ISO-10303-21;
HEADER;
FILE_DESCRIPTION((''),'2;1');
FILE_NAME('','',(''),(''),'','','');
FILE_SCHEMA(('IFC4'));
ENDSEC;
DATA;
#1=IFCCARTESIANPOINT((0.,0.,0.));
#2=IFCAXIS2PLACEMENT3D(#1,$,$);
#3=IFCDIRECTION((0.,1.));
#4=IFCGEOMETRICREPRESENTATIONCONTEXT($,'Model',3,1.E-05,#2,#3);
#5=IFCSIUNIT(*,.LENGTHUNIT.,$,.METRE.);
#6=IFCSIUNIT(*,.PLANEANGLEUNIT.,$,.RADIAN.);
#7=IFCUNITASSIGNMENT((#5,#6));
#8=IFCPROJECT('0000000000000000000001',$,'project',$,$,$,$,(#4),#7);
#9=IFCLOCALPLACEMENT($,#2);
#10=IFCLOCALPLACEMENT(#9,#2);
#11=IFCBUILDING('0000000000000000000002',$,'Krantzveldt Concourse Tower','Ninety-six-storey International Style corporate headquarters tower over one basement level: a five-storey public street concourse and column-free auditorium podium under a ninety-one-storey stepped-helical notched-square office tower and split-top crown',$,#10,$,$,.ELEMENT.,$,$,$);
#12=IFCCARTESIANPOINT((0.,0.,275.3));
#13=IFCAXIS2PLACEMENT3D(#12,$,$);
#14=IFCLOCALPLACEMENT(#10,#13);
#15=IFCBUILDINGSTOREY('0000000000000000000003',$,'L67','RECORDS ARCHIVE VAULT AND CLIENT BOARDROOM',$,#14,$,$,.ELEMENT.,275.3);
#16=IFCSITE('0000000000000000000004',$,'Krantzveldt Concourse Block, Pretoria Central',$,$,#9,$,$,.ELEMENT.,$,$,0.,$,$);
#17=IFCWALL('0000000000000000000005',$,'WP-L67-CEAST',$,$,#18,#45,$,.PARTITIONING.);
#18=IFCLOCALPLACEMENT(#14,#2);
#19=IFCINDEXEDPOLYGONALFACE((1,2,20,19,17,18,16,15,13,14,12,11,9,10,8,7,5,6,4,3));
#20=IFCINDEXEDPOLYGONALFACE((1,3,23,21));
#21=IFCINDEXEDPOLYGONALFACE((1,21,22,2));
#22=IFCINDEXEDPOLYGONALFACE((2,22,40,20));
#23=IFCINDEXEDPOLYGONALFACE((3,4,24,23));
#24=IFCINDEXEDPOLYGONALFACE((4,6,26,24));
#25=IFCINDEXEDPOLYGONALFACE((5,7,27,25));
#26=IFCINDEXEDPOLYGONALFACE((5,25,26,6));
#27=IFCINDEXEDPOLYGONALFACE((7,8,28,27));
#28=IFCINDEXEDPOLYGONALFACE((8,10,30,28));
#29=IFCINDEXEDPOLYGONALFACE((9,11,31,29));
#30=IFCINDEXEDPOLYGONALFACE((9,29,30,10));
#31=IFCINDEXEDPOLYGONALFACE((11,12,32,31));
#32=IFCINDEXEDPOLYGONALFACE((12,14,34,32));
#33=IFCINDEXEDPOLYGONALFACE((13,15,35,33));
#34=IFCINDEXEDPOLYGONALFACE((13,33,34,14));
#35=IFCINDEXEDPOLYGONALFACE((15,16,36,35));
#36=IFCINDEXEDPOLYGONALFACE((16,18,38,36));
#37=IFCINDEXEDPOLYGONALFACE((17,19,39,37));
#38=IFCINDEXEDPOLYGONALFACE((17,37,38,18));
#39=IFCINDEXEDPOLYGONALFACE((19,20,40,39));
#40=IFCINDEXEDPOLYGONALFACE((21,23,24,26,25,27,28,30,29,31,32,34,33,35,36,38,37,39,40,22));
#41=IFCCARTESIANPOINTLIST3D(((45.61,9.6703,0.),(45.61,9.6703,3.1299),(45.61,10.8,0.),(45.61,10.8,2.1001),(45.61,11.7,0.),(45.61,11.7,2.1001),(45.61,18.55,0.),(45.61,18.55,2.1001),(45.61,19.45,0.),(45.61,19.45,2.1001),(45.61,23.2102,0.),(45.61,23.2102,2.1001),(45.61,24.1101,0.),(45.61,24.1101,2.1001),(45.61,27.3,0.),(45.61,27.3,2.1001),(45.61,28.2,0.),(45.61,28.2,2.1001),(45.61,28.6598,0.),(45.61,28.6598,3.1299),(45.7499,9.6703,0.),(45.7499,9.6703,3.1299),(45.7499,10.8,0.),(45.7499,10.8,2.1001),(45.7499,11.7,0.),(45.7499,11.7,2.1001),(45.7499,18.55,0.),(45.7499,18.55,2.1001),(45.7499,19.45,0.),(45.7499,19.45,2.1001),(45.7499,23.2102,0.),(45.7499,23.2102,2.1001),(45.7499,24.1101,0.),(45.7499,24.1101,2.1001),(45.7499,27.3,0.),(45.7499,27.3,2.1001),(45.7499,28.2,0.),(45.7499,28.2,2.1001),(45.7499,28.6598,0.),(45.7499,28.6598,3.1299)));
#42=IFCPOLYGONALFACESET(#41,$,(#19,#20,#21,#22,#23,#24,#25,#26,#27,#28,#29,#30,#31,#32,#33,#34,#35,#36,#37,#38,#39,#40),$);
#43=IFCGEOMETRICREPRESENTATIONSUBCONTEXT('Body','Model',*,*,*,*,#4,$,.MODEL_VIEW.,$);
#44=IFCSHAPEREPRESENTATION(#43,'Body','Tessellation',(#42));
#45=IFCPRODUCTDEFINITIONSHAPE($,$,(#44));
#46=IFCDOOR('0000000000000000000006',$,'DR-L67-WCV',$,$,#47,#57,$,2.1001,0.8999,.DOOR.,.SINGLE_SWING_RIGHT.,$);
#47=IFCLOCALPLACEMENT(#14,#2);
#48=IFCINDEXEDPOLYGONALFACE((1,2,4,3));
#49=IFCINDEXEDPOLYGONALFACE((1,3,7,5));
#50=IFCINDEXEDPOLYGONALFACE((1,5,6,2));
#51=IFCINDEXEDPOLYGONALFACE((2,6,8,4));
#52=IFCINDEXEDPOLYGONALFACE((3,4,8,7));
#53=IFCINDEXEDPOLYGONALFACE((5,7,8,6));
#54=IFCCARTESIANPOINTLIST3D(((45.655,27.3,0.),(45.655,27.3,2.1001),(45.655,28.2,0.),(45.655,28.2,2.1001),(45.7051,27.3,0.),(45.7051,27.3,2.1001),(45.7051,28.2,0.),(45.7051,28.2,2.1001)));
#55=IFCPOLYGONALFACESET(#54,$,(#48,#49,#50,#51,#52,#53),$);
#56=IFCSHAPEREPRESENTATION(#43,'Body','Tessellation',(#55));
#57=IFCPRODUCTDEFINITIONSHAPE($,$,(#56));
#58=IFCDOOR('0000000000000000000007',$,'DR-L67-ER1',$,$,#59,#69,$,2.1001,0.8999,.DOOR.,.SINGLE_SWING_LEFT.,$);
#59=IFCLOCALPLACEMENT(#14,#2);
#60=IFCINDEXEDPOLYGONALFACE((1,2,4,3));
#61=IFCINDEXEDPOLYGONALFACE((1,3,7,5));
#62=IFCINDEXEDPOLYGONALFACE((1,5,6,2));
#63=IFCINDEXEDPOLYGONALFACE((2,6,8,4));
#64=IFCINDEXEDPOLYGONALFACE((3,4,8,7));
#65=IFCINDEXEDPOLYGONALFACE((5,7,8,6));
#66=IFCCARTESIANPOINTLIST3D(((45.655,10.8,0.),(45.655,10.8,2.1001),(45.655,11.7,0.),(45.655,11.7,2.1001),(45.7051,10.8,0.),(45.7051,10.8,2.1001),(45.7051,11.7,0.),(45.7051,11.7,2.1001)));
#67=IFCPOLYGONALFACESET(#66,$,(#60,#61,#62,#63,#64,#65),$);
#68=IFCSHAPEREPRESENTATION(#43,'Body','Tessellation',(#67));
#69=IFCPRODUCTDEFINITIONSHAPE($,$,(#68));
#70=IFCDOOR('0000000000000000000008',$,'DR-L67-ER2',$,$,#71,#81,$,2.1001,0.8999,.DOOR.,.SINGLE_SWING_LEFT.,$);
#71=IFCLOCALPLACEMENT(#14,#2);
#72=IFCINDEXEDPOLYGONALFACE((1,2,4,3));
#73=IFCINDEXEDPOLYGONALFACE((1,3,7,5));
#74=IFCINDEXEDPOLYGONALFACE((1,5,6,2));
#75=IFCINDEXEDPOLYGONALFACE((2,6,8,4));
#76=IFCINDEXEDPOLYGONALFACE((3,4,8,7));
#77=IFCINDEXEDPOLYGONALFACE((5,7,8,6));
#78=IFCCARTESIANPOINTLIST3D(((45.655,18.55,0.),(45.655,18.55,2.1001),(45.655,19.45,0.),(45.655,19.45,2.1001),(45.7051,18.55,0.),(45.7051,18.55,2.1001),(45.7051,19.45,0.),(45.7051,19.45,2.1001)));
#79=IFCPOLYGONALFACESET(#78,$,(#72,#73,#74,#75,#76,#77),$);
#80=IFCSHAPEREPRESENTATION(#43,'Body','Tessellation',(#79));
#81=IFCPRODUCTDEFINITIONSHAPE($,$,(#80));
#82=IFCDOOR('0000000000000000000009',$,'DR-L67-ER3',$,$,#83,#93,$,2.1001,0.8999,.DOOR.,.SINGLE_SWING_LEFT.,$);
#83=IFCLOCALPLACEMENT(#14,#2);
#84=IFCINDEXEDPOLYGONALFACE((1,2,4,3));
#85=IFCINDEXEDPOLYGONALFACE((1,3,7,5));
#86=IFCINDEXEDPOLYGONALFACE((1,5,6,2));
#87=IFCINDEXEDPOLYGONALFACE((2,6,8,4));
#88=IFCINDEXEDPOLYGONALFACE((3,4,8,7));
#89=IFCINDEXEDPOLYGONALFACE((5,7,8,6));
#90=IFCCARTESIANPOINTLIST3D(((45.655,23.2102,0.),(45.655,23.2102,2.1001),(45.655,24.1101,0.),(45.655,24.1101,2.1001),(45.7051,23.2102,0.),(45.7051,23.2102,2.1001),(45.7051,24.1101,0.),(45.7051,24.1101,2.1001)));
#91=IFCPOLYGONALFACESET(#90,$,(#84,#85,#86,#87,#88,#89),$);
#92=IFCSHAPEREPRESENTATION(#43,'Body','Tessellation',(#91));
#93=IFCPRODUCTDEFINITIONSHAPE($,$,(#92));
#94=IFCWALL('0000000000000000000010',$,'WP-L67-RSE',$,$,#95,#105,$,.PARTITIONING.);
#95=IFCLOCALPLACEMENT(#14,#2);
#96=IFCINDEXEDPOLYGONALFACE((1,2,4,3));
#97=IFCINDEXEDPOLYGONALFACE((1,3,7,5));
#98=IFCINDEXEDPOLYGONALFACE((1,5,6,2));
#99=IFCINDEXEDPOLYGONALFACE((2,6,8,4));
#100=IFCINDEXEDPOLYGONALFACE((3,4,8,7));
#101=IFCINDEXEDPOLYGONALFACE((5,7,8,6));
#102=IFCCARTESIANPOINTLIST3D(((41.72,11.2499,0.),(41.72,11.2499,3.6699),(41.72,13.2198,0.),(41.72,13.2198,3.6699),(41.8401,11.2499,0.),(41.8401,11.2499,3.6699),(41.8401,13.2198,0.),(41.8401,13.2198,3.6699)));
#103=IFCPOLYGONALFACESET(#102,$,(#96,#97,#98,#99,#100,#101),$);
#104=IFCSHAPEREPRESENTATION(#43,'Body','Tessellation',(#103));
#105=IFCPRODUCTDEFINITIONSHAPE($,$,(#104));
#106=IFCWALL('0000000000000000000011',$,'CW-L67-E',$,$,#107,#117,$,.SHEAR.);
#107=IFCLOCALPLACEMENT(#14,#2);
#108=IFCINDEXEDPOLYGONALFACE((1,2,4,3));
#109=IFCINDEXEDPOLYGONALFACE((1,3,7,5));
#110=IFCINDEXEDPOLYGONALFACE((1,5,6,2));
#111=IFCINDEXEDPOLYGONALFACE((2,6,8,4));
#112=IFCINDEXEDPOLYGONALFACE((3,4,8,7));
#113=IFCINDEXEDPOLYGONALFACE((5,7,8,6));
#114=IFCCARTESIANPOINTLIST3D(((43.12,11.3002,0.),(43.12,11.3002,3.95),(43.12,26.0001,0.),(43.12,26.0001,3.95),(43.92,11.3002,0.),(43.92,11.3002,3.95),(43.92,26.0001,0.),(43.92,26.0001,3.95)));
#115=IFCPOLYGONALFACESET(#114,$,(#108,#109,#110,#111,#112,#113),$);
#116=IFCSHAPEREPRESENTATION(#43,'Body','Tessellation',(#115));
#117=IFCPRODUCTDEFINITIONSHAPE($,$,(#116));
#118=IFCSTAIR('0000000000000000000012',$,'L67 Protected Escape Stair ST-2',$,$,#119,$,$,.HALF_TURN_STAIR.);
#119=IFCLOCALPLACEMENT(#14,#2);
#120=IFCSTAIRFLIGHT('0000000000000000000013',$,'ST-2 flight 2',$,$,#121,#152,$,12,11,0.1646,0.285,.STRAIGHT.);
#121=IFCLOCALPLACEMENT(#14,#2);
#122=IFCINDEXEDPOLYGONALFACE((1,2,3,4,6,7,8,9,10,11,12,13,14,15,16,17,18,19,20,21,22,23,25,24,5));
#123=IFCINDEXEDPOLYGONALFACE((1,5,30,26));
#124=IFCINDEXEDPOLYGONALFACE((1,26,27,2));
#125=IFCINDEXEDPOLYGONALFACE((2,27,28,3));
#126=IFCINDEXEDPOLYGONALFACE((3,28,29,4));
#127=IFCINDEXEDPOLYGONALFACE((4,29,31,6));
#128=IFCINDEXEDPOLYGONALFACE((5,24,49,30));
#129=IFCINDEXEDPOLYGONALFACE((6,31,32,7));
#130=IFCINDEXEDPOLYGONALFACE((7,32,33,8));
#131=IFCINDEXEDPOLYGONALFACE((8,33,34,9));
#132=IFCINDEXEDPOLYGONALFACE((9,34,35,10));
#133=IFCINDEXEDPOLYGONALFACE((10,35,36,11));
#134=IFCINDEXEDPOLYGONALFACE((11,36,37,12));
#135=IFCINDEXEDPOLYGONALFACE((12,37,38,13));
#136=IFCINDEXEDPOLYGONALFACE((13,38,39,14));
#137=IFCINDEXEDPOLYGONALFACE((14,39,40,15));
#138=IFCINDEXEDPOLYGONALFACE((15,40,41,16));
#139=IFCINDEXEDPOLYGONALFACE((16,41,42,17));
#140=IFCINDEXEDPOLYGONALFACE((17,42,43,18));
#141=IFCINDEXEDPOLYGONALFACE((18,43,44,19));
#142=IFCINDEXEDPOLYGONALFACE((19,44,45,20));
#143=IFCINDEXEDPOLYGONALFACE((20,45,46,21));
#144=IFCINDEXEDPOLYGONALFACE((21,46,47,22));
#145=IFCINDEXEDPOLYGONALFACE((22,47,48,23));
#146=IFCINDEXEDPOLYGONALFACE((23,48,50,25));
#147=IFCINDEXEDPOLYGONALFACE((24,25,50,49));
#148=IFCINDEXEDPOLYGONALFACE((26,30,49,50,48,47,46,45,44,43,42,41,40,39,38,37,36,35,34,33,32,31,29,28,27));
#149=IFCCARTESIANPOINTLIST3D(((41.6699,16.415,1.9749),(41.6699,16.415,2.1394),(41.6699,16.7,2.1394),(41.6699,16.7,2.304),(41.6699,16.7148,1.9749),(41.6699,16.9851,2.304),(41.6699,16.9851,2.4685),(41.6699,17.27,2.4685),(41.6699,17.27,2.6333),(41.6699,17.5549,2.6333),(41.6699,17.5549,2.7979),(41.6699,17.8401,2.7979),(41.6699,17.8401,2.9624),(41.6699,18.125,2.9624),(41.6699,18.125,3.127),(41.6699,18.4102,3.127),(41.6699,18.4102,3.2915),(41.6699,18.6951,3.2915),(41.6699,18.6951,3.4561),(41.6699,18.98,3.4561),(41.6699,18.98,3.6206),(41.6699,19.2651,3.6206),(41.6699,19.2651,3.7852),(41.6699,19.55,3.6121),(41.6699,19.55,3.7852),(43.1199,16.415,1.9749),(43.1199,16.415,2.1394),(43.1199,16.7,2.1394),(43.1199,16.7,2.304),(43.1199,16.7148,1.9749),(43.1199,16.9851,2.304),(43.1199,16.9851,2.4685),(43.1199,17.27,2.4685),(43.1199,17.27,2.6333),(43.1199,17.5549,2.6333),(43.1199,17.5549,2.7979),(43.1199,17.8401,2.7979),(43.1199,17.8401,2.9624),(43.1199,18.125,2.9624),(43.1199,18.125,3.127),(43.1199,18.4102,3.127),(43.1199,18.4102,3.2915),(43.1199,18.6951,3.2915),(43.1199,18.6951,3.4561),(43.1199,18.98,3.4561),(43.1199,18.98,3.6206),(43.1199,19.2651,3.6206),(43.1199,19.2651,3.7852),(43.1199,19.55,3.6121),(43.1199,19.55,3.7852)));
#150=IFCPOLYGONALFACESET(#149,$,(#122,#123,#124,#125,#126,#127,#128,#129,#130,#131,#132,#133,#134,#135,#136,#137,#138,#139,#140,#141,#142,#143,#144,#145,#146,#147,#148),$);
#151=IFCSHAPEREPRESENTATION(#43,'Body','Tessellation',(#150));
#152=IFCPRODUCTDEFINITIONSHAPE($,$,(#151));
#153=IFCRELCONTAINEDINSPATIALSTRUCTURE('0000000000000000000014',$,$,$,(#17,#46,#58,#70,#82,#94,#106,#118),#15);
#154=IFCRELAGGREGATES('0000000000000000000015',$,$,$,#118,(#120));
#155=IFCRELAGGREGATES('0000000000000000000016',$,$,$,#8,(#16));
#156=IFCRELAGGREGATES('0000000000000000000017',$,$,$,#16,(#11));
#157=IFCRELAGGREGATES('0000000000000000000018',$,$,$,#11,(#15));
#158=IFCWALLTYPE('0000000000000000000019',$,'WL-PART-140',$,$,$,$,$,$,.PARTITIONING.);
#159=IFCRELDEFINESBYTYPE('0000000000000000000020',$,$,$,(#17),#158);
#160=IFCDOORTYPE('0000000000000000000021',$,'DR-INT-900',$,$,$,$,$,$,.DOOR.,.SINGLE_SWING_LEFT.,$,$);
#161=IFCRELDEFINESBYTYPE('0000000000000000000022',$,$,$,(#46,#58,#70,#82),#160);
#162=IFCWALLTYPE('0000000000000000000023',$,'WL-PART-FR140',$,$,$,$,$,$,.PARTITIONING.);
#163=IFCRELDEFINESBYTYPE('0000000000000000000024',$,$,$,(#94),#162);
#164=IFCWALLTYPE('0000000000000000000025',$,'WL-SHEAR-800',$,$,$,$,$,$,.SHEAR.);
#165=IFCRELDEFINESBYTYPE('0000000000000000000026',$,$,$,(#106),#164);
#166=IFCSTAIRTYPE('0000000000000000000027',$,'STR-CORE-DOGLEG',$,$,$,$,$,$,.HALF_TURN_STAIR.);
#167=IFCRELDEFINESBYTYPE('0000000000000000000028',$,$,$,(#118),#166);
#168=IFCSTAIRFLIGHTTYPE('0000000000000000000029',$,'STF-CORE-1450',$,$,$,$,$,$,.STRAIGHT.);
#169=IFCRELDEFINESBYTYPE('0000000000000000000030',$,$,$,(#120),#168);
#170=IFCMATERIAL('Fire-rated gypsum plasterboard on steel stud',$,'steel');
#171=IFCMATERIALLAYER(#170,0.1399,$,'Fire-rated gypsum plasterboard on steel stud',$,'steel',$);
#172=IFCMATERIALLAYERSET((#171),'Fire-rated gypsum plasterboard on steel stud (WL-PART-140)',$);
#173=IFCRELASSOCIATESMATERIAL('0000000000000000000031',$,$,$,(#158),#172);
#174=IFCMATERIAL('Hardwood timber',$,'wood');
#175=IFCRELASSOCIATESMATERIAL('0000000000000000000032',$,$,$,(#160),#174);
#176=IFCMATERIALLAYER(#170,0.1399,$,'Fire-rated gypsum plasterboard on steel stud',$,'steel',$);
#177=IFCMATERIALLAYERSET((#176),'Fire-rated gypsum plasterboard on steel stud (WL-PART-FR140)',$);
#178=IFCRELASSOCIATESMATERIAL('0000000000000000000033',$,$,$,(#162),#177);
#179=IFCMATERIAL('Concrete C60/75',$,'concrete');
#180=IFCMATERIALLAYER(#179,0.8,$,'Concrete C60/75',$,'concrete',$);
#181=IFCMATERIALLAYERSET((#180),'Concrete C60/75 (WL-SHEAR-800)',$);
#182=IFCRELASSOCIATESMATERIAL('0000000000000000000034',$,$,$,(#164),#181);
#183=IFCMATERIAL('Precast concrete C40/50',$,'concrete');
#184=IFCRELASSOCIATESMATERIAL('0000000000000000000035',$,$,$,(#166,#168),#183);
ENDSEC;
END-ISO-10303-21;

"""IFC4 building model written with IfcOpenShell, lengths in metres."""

from ifc_helpers import new_model, si_unit, direction, frame, frame_2d, origin, place, context, subcontext, project, spatial, polyline, rectangle, outline, extrude, material, layer, layer_set, type_object, element, fill, aggregate, save


model = new_model("IFC4")

# Units and contexts
model_context = context("Model", 3, precision=1e-05, world=origin(), true_north=direction((0.0, 1.0)))
body_context = subcontext(model_context, "Body", "Model", "MODEL_VIEW")
ifc_project = project(units=[si_unit("LENGTHUNIT", "METRE"), si_unit("PLANEANGLEUNIT", "RADIAN")], contexts=[model_context])

# Site, building, storey
site_placement = place(None, origin())
site = spatial("IfcSite", under=ifc_project, at=site_placement, Name="Krantzveldt Concourse Block, Pretoria Central", CompositionType="ELEMENT", RefElevation=0.0)
building_placement = place(site_placement, origin())
building = spatial("IfcBuilding", under=site, at=building_placement, Name="Krantzveldt Concourse Tower", Description="Ninety-six-storey International Style corporate headquarters tower over one basement level: a five-storey public street concourse and column-free auditorium podium under a ninety-one-storey stepped-helical notched-square office tower and split-top crown", CompositionType="ELEMENT")
storey_placement = place(building_placement, frame((0.0, 0.0, 275.3)))
storey = spatial("IfcBuildingStorey", under=building, at=storey_placement, Name="L67", Description="RECORDS ARCHIVE VAULT AND CLIENT BOARDROOM", CompositionType="ELEMENT", Elevation=275.3)

# Shared definitions
ifc_material_1 = material(Name="Fire-rated gypsum plasterboard on steel stud", Category="steel")

# Wall, openings, doors
ifc_layer_1 = layer(ifc_material_1, 0.1399, Name="Fire-rated gypsum plasterboard on steel stud", Category="steel")
ifc_layer_set_1 = layer_set([ifc_layer_1], Name="Fire-rated gypsum plasterboard on steel stud (WL-PART-140)")
wall_type_1 = type_object("IfcWallType", Name="WL-PART-140", PredefinedType="PARTITIONING", material=ifc_layer_set_1)
wall_1_placement = place(storey_placement, frame((45.6799, 9.6704, 0.0), z_axis=(0.0, 0.0, 1.0), x_axis=(0.0, 1.0, 0.0)))
wall_1 = element("IfcWall", 1, at=wall_1_placement, inside=storey, type_object=wall_type_1, Name="WP-L67-CEAST", PredefinedType="PARTITIONING", context=body_context, shape_type="SweptSolid", body=[
    extrude(rectangle(XDim=18.9895, YDim=0.1399, at=frame_2d((9.4946, 0.0))), origin(), (0.0, 0.0, 1.0), 3.1299),
])
opening_1_placement = place(wall_1_placement, frame((17.6296, 0.0, 0.0)))
opening_1 = element("IfcOpeningElement", 2, at=opening_1_placement, cuts=wall_1, PredefinedType="OPENING", context=body_context, shape_type="SweptSolid", body=[
    extrude(rectangle(XDim=0.8999, YDim=2.1001, at=frame_2d((0.45, 1.05))), frame((0.0, 0.0801, 0.0), z_axis=(0.0, -1.0, 0.0), x_axis=(1.0, 0.0, 0.0)), (0.0, 0.0, 1.0), 0.1599),
])
opening_2_placement = place(wall_1_placement, frame((1.1296, 0.0, 0.0)))
opening_2 = element("IfcOpeningElement", 3, at=opening_2_placement, cuts=wall_1, PredefinedType="OPENING", context=body_context, shape_type="SweptSolid", body=[
    extrude(rectangle(XDim=0.8999, YDim=2.1001, at=frame_2d((0.45, 1.05))), frame((0.0, 0.0801, 0.0), z_axis=(0.0, -1.0, 0.0), x_axis=(1.0, 0.0, 0.0)), (0.0, 0.0, 1.0), 0.1599),
])
opening_3_placement = place(wall_1_placement, frame((8.8796, 0.0, 0.0)))
opening_3 = element("IfcOpeningElement", 4, at=opening_3_placement, cuts=wall_1, PredefinedType="OPENING", context=body_context, shape_type="SweptSolid", body=[
    extrude(rectangle(XDim=0.8999, YDim=2.1001, at=frame_2d((0.45, 1.05))), frame((0.0, 0.0801, 0.0), z_axis=(0.0, -1.0, 0.0), x_axis=(1.0, 0.0, 0.0)), (0.0, 0.0, 1.0), 0.1599),
])
opening_4_placement = place(wall_1_placement, frame((13.5398, 0.0, 0.0)))
opening_4 = element("IfcOpeningElement", 5, at=opening_4_placement, cuts=wall_1, PredefinedType="OPENING", context=body_context, shape_type="SweptSolid", body=[
    extrude(rectangle(XDim=0.8999, YDim=2.1001, at=frame_2d((0.45, 1.05))), frame((0.0, 0.0801, 0.0), z_axis=(0.0, -1.0, 0.0), x_axis=(1.0, 0.0, 0.0)), (0.0, 0.0, 1.0), 0.1599),
])
ifc_material_2 = material(Name="Hardwood timber", Category="wood")
door_type = type_object("IfcDoorType", Name="DR-INT-900", OperationType="SINGLE_SWING_LEFT", PredefinedType="DOOR", material=ifc_material_2)
door_1_placement = place(opening_1_placement, origin())
door_1 = element("IfcDoor", 6, at=door_1_placement, inside=storey, type_object=door_type, Name="DR-L67-WCV", OperationType="SINGLE_SWING_RIGHT", OverallHeight=2.1001, OverallWidth=0.8999, PredefinedType="DOOR", context=body_context, shape_type="SweptSolid", body=[
    extrude(rectangle(XDim=0.8999, YDim=2.1001, at=frame_2d((0.45, 1.05))), frame((0.0, 0.0249, 0.0), z_axis=(0.0, -1.0, 0.0), x_axis=(1.0, 0.0, 0.0)), (0.0, 0.0, 1.0), 0.05),
])
fill(opening_1, door_1)
door_2_placement = place(opening_2_placement, origin())
door_2 = element("IfcDoor", 7, at=door_2_placement, inside=storey, type_object=door_type, Name="DR-L67-ER1", OperationType="SINGLE_SWING_LEFT", OverallHeight=2.1001, OverallWidth=0.8999, PredefinedType="DOOR", context=body_context, shape_type="SweptSolid", body=[
    extrude(rectangle(XDim=0.8999, YDim=2.1001, at=frame_2d((0.45, 1.05))), frame((0.0, 0.0249, 0.0), z_axis=(0.0, -1.0, 0.0), x_axis=(1.0, 0.0, 0.0)), (0.0, 0.0, 1.0), 0.05),
])
fill(opening_2, door_2)
door_3_placement = place(opening_3_placement, origin())
door_3 = element("IfcDoor", 8, at=door_3_placement, inside=storey, type_object=door_type, Name="DR-L67-ER2", OperationType="SINGLE_SWING_LEFT", OverallHeight=2.1001, OverallWidth=0.8999, PredefinedType="DOOR", context=body_context, shape_type="SweptSolid", body=[
    extrude(rectangle(XDim=0.8999, YDim=2.1001, at=frame_2d((0.45, 1.05))), frame((0.0, 0.0249, 0.0), z_axis=(0.0, -1.0, 0.0), x_axis=(1.0, 0.0, 0.0)), (0.0, 0.0, 1.0), 0.05),
])
fill(opening_3, door_3)
door_4_placement = place(opening_4_placement, origin())
door_4 = element("IfcDoor", 9, at=door_4_placement, inside=storey, type_object=door_type, Name="DR-L67-ER3", OperationType="SINGLE_SWING_LEFT", OverallHeight=2.1001, OverallWidth=0.8999, PredefinedType="DOOR", context=body_context, shape_type="SweptSolid", body=[
    extrude(rectangle(XDim=0.8999, YDim=2.1001, at=frame_2d((0.45, 1.05))), frame((0.0, 0.0249, 0.0), z_axis=(0.0, -1.0, 0.0), x_axis=(1.0, 0.0, 0.0)), (0.0, 0.0, 1.0), 0.05),
])
fill(opening_4, door_4)

# Walls
ifc_layer_2 = layer(ifc_material_1, 0.1399, Name="Fire-rated gypsum plasterboard on steel stud", Category="steel")
ifc_layer_set_2 = layer_set([ifc_layer_2], Name="Fire-rated gypsum plasterboard on steel stud (WL-PART-FR140)")
wall_type_2 = type_object("IfcWallType", Name="WL-PART-FR140", PredefinedType="PARTITIONING", material=ifc_layer_set_2)
wall_2_placement = place(storey_placement, frame((41.78, 11.25, 0.0), z_axis=(0.0, 0.0, 1.0), x_axis=(0.0, 1.0, 0.0)))
element("IfcWall", 10, at=wall_2_placement, inside=storey, type_object=wall_type_2, Name="WP-L67-RSE", PredefinedType="PARTITIONING", context=body_context, shape_type="SweptSolid", body=[
    extrude(rectangle(XDim=1.97, YDim=0.1201, at=frame_2d((0.9849, 0.0))), origin(), (0.0, 0.0, 1.0), 3.6699),
])
ifc_material_3 = material(Name="Concrete C60/75", Category="concrete")
ifc_layer_3 = layer(ifc_material_3, 0.8, Name="Concrete C60/75", Category="concrete")
ifc_layer_set_3 = layer_set([ifc_layer_3], Name="Concrete C60/75 (WL-SHEAR-800)")
wall_type_3 = type_object("IfcWallType", Name="WL-SHEAR-800", PredefinedType="SHEAR", material=ifc_layer_set_3)
wall_3_placement = place(storey_placement, frame((43.52, 11.3, 0.0), z_axis=(0.0, 0.0, 1.0), x_axis=(0.0, 1.0, 0.0)))
element("IfcWall", 11, at=wall_3_placement, inside=storey, type_object=wall_type_3, Name="CW-L67-E", PredefinedType="SHEAR", context=body_context, shape_type="SweptSolid", body=[
    extrude(rectangle(XDim=14.7, YDim=0.8, at=frame_2d((7.3501, 0.0))), origin(), (0.0, 0.0, 1.0), 3.95),
])

# Stair, stair flight
ifc_material_4 = material(Name="Precast concrete C40/50", Category="concrete")
stair_type = type_object("IfcStairType", Name="STR-CORE-DOGLEG", PredefinedType="HALF_TURN_STAIR", material=ifc_material_4)
stair_placement = place(storey_placement, origin())
stair = element("IfcStair", 12, at=stair_placement, inside=storey, type_object=stair_type, Name="L67 Protected Escape Stair ST-2", PredefinedType="HALF_TURN_STAIR")
stair_flight_type = type_object("IfcStairFlightType", Name="STF-CORE-1450", PredefinedType="STRAIGHT", material=ifc_material_4)
stair_flight_placement = place(storey_placement, frame((42.395, 16.415, 1.9749), z_axis=(0.0, 0.0, 1.0), x_axis=(0.0, 1.0, 0.0)))
stair_flight = element("IfcStairFlight", 13, at=stair_flight_placement, type_object=stair_flight_type, Name="ST-2 flight 2", NumberOfRisers=12, NumberOfTreads=11, PredefinedType="STRAIGHT", RiserHeight=0.1646, TreadLength=0.285, context=body_context, shape_type="SweptSolid", body=[
    extrude(outline(polyline([(0.0, 0.0), (0.0, 0.1646), (0.2849, 0.1646), (0.2849, 0.3291), (0.5701, 0.3291), (0.5701, 0.4937), (0.855, 0.4937), (0.855, 0.6584), (1.1399, 0.6584), (1.1399, 0.823), (1.425, 0.823), (1.425, 0.9875), (1.71, 0.9875), (1.71, 1.1521), (1.9951, 1.1521), (1.9951, 1.3167), (2.28, 1.3167), (2.28, 1.4812), (2.5649, 1.4812), (2.5649, 1.6458), (2.8501, 1.6458), (2.8501, 1.8103), (3.135, 1.8103), (3.135, 1.9751), (3.135, 1.6372), (0.2998, 0.0), (0.0, 0.0)])), frame((0.0, 0.7251, 0.0), z_axis=(0.0, -1.0, 0.0), x_axis=(1.0, 0.0, 0.0)), (0.0, 0.0, 1.0), 1.45),
])
aggregate(stair, [stair_flight])

save(model, "model.ifc")
